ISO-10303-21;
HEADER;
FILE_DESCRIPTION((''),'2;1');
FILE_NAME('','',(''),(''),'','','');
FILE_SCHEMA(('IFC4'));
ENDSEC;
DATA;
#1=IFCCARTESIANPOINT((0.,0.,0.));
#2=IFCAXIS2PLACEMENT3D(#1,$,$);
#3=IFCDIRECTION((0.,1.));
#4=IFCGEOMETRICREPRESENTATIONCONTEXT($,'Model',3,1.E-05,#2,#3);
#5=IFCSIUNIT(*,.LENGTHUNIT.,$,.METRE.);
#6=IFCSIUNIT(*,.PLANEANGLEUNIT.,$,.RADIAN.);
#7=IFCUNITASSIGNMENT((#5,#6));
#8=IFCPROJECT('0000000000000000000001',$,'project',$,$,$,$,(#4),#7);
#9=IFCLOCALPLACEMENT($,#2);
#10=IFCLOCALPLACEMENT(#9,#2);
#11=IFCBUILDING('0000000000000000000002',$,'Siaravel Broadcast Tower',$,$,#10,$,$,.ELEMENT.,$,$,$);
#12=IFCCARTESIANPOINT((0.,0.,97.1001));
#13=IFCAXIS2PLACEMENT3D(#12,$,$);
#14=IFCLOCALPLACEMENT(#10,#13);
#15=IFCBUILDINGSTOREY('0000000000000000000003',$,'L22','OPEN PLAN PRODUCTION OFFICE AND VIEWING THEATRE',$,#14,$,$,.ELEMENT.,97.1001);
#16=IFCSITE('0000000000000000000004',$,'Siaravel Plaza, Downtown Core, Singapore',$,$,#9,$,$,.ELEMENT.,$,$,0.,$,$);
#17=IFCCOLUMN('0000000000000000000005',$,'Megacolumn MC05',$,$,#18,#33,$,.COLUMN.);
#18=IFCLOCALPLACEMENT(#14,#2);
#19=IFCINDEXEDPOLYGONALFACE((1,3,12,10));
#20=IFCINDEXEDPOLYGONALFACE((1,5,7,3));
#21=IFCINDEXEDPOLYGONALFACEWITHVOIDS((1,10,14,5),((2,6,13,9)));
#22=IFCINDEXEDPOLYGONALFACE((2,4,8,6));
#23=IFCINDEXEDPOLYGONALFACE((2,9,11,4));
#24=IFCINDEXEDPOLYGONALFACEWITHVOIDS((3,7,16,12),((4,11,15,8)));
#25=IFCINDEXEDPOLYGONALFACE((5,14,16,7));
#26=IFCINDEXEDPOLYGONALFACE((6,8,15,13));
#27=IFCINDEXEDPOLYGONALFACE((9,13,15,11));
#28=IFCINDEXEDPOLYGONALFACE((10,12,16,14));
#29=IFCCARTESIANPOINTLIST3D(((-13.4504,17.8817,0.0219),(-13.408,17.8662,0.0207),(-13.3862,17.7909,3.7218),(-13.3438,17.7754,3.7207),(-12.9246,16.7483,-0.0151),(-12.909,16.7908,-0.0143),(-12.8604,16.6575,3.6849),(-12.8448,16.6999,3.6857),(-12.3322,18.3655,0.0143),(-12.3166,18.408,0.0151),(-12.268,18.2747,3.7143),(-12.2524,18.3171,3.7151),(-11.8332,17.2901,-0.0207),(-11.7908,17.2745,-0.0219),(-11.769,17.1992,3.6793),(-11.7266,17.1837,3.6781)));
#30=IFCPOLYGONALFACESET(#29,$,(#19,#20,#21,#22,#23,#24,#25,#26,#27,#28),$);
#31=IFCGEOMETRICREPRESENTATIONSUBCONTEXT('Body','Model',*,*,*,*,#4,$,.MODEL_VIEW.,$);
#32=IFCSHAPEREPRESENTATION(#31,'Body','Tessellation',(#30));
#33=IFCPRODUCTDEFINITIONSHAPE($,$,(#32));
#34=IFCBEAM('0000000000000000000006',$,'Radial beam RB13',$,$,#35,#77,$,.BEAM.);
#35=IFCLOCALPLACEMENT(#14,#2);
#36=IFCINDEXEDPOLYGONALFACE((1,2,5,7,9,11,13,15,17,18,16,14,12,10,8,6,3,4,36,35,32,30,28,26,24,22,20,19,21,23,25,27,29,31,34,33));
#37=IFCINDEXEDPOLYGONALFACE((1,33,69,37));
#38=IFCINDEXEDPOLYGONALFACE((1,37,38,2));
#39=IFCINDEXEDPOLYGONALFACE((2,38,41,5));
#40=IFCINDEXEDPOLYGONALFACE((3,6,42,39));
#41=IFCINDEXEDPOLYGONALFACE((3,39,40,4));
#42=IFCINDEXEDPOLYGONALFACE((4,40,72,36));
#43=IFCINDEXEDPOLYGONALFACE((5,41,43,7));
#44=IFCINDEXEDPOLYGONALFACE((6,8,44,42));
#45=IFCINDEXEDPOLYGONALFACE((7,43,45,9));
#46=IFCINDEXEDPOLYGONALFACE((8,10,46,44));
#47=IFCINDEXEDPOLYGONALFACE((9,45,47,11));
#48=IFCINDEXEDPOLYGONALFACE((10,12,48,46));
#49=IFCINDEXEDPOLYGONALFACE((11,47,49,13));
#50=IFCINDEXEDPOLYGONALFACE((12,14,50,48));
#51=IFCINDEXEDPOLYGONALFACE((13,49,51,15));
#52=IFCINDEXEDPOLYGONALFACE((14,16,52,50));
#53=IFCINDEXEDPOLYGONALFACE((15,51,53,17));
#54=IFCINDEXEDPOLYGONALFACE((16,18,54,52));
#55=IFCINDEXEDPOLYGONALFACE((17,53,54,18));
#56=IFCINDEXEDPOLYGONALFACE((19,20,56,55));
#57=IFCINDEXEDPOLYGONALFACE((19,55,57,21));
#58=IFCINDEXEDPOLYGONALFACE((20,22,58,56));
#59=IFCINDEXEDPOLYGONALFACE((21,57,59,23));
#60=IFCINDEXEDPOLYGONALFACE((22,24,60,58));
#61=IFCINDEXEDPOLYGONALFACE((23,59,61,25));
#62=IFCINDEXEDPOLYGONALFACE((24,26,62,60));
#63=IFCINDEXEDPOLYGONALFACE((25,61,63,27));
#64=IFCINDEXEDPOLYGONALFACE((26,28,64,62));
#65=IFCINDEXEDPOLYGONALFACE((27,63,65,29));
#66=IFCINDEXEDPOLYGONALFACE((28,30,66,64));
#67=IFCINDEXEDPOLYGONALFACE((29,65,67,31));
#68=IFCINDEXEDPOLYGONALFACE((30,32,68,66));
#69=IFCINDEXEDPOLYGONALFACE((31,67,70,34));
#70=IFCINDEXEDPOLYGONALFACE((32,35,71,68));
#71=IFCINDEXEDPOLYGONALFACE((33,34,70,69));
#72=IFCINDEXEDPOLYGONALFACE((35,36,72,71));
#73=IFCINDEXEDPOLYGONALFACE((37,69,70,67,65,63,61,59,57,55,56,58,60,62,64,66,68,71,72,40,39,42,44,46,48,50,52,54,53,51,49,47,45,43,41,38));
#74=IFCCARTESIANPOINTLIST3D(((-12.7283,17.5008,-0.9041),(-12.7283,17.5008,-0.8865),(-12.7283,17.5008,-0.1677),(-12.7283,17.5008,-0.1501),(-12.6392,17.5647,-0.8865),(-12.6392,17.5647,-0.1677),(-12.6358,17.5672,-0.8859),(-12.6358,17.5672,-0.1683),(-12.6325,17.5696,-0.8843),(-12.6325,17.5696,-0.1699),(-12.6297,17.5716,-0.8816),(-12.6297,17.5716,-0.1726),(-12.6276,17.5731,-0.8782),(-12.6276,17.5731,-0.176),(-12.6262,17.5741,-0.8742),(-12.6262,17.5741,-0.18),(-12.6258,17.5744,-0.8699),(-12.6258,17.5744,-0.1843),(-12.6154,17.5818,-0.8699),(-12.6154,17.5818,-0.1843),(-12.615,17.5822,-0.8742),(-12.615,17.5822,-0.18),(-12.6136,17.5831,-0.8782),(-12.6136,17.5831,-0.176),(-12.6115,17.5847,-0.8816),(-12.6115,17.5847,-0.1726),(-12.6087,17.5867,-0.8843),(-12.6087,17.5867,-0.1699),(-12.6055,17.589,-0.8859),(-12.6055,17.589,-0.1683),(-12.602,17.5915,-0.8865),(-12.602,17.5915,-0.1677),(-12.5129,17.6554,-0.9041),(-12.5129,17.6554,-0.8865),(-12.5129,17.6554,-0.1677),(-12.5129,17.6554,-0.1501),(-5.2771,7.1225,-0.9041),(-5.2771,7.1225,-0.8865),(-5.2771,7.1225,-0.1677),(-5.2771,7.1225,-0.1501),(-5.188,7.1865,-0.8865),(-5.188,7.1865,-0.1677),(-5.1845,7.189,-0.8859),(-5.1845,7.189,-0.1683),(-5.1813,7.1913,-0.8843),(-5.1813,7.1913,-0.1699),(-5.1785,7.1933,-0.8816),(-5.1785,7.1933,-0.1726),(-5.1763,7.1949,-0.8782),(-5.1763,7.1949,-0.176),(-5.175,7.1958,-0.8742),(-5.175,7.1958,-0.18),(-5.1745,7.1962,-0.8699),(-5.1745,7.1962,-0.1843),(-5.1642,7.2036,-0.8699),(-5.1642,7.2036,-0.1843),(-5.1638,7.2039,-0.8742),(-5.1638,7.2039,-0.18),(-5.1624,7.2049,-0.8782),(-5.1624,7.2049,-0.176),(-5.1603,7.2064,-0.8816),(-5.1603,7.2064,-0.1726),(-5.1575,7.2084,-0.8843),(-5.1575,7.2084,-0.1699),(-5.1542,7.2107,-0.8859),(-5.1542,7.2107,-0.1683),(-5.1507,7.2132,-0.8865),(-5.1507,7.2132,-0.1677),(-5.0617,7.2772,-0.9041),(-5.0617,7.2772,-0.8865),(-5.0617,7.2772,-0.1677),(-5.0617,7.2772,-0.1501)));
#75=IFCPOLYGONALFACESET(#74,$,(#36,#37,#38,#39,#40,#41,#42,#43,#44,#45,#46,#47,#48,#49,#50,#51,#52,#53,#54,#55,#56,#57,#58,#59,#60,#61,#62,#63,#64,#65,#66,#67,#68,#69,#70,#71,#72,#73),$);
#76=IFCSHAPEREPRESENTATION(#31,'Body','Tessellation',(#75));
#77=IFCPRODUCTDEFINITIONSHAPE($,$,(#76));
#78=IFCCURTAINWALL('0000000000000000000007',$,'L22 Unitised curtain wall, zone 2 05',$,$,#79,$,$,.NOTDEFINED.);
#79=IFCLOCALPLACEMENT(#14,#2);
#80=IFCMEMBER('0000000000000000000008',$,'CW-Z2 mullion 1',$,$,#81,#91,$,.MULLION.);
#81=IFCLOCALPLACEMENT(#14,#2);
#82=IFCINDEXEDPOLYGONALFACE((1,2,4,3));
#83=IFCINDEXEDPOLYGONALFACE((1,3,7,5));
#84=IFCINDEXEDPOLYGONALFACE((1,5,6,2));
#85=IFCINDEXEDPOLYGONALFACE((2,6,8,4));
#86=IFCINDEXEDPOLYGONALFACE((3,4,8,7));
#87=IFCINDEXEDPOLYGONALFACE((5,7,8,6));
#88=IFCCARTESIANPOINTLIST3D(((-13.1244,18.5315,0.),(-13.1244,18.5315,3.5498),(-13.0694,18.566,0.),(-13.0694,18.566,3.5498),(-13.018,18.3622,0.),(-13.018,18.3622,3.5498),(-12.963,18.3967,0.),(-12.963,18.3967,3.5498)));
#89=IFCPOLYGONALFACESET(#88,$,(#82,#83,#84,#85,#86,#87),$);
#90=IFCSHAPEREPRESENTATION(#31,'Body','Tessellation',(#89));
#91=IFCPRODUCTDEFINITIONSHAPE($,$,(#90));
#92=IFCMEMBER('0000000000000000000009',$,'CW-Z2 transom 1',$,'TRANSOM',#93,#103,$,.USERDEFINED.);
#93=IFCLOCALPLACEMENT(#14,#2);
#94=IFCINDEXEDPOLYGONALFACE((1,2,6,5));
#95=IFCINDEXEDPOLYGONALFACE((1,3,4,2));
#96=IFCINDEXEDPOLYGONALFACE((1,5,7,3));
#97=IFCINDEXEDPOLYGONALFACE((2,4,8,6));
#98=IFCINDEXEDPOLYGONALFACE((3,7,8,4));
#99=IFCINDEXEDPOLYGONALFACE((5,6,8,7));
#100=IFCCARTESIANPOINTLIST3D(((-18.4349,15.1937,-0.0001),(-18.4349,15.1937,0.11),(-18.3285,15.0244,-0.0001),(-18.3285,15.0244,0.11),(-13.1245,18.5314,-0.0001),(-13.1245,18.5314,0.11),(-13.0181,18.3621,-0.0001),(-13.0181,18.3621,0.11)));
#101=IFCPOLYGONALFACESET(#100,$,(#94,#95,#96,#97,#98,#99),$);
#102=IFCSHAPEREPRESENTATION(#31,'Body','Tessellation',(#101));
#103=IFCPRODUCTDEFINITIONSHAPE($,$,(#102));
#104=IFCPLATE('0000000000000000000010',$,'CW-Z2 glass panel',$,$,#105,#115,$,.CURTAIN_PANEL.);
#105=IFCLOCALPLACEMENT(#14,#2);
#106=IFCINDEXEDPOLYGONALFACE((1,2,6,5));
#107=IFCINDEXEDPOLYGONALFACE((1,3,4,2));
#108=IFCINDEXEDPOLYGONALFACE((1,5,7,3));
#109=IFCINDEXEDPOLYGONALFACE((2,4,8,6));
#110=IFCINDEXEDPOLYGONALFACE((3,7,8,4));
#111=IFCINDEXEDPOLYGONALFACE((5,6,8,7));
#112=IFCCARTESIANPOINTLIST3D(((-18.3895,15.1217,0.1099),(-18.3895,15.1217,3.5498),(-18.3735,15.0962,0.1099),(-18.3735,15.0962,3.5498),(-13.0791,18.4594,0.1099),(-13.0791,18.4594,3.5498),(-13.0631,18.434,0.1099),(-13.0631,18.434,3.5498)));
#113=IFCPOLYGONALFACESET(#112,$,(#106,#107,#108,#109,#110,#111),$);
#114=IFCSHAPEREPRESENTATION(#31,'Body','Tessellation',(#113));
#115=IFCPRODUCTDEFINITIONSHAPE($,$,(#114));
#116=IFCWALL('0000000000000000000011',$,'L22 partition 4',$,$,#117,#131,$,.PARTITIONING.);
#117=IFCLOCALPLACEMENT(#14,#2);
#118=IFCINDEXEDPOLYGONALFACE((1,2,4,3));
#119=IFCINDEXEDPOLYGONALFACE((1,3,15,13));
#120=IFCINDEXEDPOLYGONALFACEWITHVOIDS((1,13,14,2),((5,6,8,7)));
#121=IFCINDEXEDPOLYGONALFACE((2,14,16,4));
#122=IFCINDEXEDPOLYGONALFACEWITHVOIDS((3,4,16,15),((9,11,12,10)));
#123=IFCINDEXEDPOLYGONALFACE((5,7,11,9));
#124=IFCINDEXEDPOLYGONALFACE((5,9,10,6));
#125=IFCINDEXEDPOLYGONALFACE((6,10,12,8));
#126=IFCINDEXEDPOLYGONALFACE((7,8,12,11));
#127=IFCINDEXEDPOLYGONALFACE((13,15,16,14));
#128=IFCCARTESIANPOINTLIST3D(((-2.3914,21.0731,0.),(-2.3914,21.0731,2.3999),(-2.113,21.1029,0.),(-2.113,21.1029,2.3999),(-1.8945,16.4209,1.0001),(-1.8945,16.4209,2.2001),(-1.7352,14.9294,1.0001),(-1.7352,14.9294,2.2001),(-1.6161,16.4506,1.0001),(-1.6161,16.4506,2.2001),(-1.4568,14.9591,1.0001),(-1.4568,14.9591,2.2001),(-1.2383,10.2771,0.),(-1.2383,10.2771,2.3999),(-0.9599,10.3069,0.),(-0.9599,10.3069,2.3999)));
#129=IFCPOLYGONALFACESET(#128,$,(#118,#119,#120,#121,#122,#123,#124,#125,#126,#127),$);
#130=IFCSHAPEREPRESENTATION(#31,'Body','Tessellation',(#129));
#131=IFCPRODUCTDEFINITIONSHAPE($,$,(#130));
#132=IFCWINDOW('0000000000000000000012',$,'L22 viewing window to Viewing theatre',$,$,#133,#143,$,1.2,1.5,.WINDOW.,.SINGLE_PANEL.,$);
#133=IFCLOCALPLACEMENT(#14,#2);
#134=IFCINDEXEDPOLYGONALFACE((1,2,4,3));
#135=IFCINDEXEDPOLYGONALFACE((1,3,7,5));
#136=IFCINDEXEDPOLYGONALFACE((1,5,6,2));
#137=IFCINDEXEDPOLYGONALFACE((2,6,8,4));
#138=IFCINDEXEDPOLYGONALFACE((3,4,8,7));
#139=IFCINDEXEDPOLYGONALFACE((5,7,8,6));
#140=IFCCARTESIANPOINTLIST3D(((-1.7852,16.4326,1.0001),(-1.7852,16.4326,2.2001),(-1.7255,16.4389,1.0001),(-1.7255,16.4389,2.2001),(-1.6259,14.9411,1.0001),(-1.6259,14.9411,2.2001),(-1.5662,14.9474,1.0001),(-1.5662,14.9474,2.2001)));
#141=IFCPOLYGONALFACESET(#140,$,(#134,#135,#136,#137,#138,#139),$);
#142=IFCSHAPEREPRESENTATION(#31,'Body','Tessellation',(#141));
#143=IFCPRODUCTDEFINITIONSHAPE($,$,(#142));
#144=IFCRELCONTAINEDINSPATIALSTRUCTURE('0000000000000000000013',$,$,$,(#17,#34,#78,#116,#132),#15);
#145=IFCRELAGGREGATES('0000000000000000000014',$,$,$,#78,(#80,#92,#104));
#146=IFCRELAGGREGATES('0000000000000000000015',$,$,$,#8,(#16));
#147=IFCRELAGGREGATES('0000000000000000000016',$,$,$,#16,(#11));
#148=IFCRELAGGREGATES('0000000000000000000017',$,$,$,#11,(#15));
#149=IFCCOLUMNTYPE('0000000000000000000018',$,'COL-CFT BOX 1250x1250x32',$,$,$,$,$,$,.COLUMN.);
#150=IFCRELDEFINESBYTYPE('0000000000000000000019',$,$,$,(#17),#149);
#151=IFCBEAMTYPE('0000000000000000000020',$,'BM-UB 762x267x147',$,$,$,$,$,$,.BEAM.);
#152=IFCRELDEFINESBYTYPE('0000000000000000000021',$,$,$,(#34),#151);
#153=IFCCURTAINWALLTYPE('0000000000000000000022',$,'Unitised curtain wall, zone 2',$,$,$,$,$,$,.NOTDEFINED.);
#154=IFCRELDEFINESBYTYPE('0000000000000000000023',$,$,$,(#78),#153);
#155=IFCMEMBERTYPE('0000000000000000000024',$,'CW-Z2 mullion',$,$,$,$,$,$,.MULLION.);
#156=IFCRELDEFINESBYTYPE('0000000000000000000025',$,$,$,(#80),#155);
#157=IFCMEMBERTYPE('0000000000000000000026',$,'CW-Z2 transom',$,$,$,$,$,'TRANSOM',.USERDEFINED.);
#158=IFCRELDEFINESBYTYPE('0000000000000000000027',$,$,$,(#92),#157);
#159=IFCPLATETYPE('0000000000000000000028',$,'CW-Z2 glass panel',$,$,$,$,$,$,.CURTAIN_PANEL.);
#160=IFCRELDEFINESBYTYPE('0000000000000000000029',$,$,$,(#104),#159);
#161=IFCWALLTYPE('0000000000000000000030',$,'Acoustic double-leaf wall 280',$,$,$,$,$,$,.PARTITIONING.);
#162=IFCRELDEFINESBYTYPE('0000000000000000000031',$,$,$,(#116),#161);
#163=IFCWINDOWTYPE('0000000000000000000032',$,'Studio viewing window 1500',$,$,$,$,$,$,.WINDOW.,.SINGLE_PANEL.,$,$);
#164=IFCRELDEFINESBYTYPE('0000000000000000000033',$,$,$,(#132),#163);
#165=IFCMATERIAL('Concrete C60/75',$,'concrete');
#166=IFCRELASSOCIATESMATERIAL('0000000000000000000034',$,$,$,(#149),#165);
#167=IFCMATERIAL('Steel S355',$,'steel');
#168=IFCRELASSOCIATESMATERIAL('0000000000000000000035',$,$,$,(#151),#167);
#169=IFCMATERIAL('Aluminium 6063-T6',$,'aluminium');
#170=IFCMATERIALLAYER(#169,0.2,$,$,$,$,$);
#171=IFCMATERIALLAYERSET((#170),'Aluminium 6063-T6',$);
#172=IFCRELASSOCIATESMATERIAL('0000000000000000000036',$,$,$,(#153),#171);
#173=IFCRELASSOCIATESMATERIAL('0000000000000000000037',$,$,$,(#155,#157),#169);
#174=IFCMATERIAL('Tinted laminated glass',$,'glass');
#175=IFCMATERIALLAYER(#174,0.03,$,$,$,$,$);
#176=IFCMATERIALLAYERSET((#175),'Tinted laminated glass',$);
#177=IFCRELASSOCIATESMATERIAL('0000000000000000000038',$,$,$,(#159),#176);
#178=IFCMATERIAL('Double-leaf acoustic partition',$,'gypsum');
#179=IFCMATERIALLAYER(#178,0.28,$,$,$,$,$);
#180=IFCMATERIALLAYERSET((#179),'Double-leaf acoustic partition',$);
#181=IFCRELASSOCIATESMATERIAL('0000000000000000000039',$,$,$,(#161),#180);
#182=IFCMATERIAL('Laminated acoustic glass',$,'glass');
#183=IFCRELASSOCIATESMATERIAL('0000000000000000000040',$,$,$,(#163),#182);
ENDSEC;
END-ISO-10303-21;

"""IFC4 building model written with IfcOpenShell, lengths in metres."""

from ifc_helpers import new_model, si_unit, direction, frame, frame_2d, origin, origin_2d, place, context, subcontext, project, spatial, rectangle, hollow_rectangle, i_section, extrude, material, layer, layer_set, material_profile, profile_set, type_object, element, fill, aggregate, save


model = new_model("IFC4")

# Units and contexts
model_context = context("Model", 3, precision=1e-05, world=origin(), true_north=direction((0.0, 1.0)))
body_context = subcontext(model_context, "Body", "Model", "MODEL_VIEW")
ifc_project = project(units=[si_unit("LENGTHUNIT", "METRE"), si_unit("PLANEANGLEUNIT", "RADIAN")], contexts=[model_context])

# Site, building, storey
site_placement = place(None, origin())
site = spatial("IfcSite", under=ifc_project, at=site_placement, Name="Siaravel Plaza, Downtown Core, Singapore", CompositionType="ELEMENT", RefElevation=0.0)
building_placement = place(site_placement, origin())
building = spatial("IfcBuilding", under=site, at=building_placement, Name="Siaravel Broadcast Tower", CompositionType="ELEMENT")
storey_placement = place(building_placement, frame((0.0, 0.0, 97.1001)))
storey = spatial("IfcBuildingStorey", under=building, at=storey_placement, Name="L22", Description="OPEN PLAN PRODUCTION OFFICE AND VIEWING THEATRE", CompositionType="ELEMENT", Elevation=97.1001)

# Column
ifc_material_1 = material(Name="Concrete C60/75", Category="concrete")
ifc_material_profile_1 = material_profile(ifc_material_1, hollow_rectangle(XDim=1.25, YDim=1.25, WallThickness=0.032, at=origin_2d()))
ifc_profile_set_1 = profile_set([ifc_material_profile_1], Name="Concrete C60/75")
column_type = type_object("IfcColumnType", Name="COL-CFT BOX 1250x1250x32", PredefinedType="COLUMN", material=ifc_profile_set_1)
column_placement = place(storey_placement, frame((-12.6206, 17.5781, 0.0), z_axis=(0.017346, -0.024535, 0.999548), x_axis=(0.907049, 0.42099, -0.005407)))
element("IfcColumn", 1, at=column_placement, inside=storey, type_object=column_type, Name="Megacolumn MC05", PredefinedType="COLUMN", context=body_context, shape_type="SweptSolid", body=[
    extrude(hollow_rectangle(XDim=1.25, YDim=1.25, WallThickness=0.032, at=origin_2d()), origin(), (0.0, 0.0, 1.0), 3.7017),
])

# Beam
ifc_material_2 = material(Name="Steel S355", Category="steel")
ifc_material_profile_2 = material_profile(ifc_material_2, i_section(OverallWidth=0.2651, OverallDepth=0.7539, WebThickness=0.0127, FlangeThickness=0.0176, FilletRadius=0.0166, at=origin_2d()))
ifc_profile_set_2 = profile_set([ifc_material_profile_2], Name="Steel S355")
beam_type = type_object("IfcBeamType", Name="BM-UB 762x267x147", PredefinedType="BEAM", material=ifc_profile_set_2)
beam_placement = place(storey_placement, frame((-12.6206, 17.5781, -0.5271), z_axis=(0.583216, -0.812317, 0.0), x_axis=(0.812317, 0.583216, 0.0)))
element("IfcBeam", 2, at=beam_placement, inside=storey, type_object=beam_type, Name="Radial beam RB13", PredefinedType="BEAM", context=body_context, shape_type="SweptSolid", body=[
    extrude(i_section(OverallWidth=0.2651, OverallDepth=0.7539, WebThickness=0.0127, FlangeThickness=0.0176, FilletRadius=0.0166, at=origin_2d()), origin(), (0.0, 0.0, 1.0), 12.7761),
])

# Curtain wall, members, plate
ifc_material_3 = material(Name="Aluminium 6063-T6", Category="aluminium")
ifc_layer_1 = layer(ifc_material_3, 0.2)
ifc_layer_set_1 = layer_set([ifc_layer_1], Name="Aluminium 6063-T6")
curtain_wall_type = type_object("IfcCurtainWallType", Name="Unitised curtain wall, zone 2", PredefinedType="NOTDEFINED", material=ifc_layer_set_1)
curtain_wall_placement = place(storey_placement, origin())
curtain_wall = element("IfcCurtainWall", 3, at=curtain_wall_placement, inside=storey, type_object=curtain_wall_type, Name="L22 Unitised curtain wall, zone 2 05", PredefinedType="NOTDEFINED")
ifc_material_profile_3 = material_profile(ifc_material_3, rectangle(XDim=0.2, YDim=0.0649, at=origin_2d()))
ifc_profile_set_3 = profile_set([ifc_material_profile_3], Name="Aluminium 6063-T6")
member_type_1 = type_object("IfcMemberType", Name="CW-Z2 mullion", PredefinedType="MULLION", material=ifc_profile_set_3)
member_1_placement = place(storey_placement, frame((-13.0437, 18.4641, 0.0), z_axis=(0.0, 0.0, 1.0), x_axis=(0.532149, -0.846651, 0.0)))
member_1 = element("IfcMember", 4, at=member_1_placement, type_object=member_type_1, Name="CW-Z2 mullion 1", PredefinedType="MULLION", context=body_context, shape_type="SweptSolid", body=[
    extrude(rectangle(XDim=0.2, YDim=0.0649, at=origin_2d()), origin(), (0.0, 0.0, 1.0), 3.5498),
])
ifc_material_profile_4 = material_profile(ifc_material_3, rectangle(XDim=0.2, YDim=0.1101, at=origin_2d()))
ifc_profile_set_4 = profile_set([ifc_material_profile_4], Name="Aluminium 6063-T6")
member_type_2 = type_object("IfcMemberType", Name="CW-Z2 transom", ElementType="TRANSOM", PredefinedType="USERDEFINED", material=ifc_profile_set_4)
member_2_placement = place(storey_placement, frame((-13.0713, 18.4468, 0.0549), z_axis=(-0.846655, -0.532142, 0.0), x_axis=(0.532142, -0.846655, 0.0)))
member_2 = element("IfcMember", 5, at=member_2_placement, type_object=member_type_2, Name="CW-Z2 transom 1", ObjectType="TRANSOM", PredefinedType="USERDEFINED", context=body_context, shape_type="SweptSolid", body=[
    extrude(rectangle(XDim=0.2, YDim=0.1101, at=origin_2d()), origin(), (0.0, 0.0, 1.0), 6.2722),
])
ifc_material_4 = material(Name="Tinted laminated glass", Category="glass")
ifc_layer_2 = layer(ifc_material_4, 0.03)
ifc_layer_set_2 = layer_set([ifc_layer_2], Name="Tinted laminated glass")
plate_type = type_object("IfcPlateType", Name="CW-Z2 glass panel", PredefinedType="CURTAIN_PANEL", material=ifc_layer_set_2)
plate_placement = place(storey_placement, frame((-15.7263, 16.7778, 0.1099), z_axis=(0.0, 0.0, 1.0), x_axis=(-0.846651, -0.532149, 0.0)))
plate = element("IfcPlate", 6, at=plate_placement, type_object=plate_type, Name="CW-Z2 glass panel", PredefinedType="CURTAIN_PANEL", context=body_context, shape_type="SweptSolid", body=[
    extrude(rectangle(XDim=6.2722, YDim=0.03, at=origin_2d()), origin(), (0.0, 0.0, 1.0), 3.4399),
])
aggregate(curtain_wall, [member_1, member_2, plate])

# Wall, opening, window
ifc_material_5 = material(Name="Double-leaf acoustic partition", Category="gypsum")
ifc_layer_3 = layer(ifc_material_5, 0.28)
ifc_layer_set_3 = layer_set([ifc_layer_3], Name="Double-leaf acoustic partition")
wall_type_1 = type_object("IfcWallType", Name="Acoustic double-leaf wall 280", PredefinedType="PARTITIONING", material=ifc_layer_set_3)
wall_1_placement = place(storey_placement, frame((-1.0991, 10.292, 0.0), z_axis=(0.0, 0.0, 1.0), x_axis=(-0.106203, 0.994344, 0.0)))
wall_1 = element("IfcWall", 7, at=wall_1_placement, inside=storey, type_object=wall_type_1, Name="L22 partition 4", PredefinedType="PARTITIONING", context=body_context, shape_type="SweptSolid", body=[
    extrude(rectangle(XDim=10.8574, YDim=0.28, at=frame_2d((5.4287, 0.0))), origin(), (0.0, 0.0, 1.0), 2.3999),
])
opening_1_placement = place(wall_1_placement, frame((4.6787, 0.0, 1.0)))
opening_1 = element("IfcOpeningElement", 8, at=opening_1_placement, cuts=wall_1, PredefinedType="OPENING", context=body_context, shape_type="SweptSolid", body=[
    extrude(rectangle(XDim=1.5, YDim=1.2, at=frame_2d((0.75, 0.6001))), frame((0.0, 0.1499, 0.0), z_axis=(0.0, -1.0, 0.0), x_axis=(1.0, 0.0, 0.0)), (0.0, 0.0, 1.0), 0.3),
])
ifc_material_6 = material(Name="Laminated acoustic glass", Category="glass")
window_type = type_object("IfcWindowType", Name="Studio viewing window 1500", PartitioningType="SINGLE_PANEL", PredefinedType="WINDOW", material=ifc_material_6)
window_placement = place(opening_1_placement, origin())
window = element("IfcWindow", 9, at=window_placement, inside=storey, type_object=window_type, Name="L22 viewing window to Viewing theatre", OverallHeight=1.2, OverallWidth=1.5, PartitioningType="SINGLE_PANEL", PredefinedType="WINDOW", context=body_context, shape_type="SweptSolid", body=[
    extrude(rectangle(XDim=1.5, YDim=1.2, at=frame_2d((0.75, 0.6001))), frame((0.0, 0.03, 0.0), z_axis=(0.0, -1.0, 0.0), x_axis=(1.0, 0.0, 0.0)), (0.0, 0.0, 1.0), 0.0601),
])
fill(opening_1, window)

save(model, "model.ifc")
